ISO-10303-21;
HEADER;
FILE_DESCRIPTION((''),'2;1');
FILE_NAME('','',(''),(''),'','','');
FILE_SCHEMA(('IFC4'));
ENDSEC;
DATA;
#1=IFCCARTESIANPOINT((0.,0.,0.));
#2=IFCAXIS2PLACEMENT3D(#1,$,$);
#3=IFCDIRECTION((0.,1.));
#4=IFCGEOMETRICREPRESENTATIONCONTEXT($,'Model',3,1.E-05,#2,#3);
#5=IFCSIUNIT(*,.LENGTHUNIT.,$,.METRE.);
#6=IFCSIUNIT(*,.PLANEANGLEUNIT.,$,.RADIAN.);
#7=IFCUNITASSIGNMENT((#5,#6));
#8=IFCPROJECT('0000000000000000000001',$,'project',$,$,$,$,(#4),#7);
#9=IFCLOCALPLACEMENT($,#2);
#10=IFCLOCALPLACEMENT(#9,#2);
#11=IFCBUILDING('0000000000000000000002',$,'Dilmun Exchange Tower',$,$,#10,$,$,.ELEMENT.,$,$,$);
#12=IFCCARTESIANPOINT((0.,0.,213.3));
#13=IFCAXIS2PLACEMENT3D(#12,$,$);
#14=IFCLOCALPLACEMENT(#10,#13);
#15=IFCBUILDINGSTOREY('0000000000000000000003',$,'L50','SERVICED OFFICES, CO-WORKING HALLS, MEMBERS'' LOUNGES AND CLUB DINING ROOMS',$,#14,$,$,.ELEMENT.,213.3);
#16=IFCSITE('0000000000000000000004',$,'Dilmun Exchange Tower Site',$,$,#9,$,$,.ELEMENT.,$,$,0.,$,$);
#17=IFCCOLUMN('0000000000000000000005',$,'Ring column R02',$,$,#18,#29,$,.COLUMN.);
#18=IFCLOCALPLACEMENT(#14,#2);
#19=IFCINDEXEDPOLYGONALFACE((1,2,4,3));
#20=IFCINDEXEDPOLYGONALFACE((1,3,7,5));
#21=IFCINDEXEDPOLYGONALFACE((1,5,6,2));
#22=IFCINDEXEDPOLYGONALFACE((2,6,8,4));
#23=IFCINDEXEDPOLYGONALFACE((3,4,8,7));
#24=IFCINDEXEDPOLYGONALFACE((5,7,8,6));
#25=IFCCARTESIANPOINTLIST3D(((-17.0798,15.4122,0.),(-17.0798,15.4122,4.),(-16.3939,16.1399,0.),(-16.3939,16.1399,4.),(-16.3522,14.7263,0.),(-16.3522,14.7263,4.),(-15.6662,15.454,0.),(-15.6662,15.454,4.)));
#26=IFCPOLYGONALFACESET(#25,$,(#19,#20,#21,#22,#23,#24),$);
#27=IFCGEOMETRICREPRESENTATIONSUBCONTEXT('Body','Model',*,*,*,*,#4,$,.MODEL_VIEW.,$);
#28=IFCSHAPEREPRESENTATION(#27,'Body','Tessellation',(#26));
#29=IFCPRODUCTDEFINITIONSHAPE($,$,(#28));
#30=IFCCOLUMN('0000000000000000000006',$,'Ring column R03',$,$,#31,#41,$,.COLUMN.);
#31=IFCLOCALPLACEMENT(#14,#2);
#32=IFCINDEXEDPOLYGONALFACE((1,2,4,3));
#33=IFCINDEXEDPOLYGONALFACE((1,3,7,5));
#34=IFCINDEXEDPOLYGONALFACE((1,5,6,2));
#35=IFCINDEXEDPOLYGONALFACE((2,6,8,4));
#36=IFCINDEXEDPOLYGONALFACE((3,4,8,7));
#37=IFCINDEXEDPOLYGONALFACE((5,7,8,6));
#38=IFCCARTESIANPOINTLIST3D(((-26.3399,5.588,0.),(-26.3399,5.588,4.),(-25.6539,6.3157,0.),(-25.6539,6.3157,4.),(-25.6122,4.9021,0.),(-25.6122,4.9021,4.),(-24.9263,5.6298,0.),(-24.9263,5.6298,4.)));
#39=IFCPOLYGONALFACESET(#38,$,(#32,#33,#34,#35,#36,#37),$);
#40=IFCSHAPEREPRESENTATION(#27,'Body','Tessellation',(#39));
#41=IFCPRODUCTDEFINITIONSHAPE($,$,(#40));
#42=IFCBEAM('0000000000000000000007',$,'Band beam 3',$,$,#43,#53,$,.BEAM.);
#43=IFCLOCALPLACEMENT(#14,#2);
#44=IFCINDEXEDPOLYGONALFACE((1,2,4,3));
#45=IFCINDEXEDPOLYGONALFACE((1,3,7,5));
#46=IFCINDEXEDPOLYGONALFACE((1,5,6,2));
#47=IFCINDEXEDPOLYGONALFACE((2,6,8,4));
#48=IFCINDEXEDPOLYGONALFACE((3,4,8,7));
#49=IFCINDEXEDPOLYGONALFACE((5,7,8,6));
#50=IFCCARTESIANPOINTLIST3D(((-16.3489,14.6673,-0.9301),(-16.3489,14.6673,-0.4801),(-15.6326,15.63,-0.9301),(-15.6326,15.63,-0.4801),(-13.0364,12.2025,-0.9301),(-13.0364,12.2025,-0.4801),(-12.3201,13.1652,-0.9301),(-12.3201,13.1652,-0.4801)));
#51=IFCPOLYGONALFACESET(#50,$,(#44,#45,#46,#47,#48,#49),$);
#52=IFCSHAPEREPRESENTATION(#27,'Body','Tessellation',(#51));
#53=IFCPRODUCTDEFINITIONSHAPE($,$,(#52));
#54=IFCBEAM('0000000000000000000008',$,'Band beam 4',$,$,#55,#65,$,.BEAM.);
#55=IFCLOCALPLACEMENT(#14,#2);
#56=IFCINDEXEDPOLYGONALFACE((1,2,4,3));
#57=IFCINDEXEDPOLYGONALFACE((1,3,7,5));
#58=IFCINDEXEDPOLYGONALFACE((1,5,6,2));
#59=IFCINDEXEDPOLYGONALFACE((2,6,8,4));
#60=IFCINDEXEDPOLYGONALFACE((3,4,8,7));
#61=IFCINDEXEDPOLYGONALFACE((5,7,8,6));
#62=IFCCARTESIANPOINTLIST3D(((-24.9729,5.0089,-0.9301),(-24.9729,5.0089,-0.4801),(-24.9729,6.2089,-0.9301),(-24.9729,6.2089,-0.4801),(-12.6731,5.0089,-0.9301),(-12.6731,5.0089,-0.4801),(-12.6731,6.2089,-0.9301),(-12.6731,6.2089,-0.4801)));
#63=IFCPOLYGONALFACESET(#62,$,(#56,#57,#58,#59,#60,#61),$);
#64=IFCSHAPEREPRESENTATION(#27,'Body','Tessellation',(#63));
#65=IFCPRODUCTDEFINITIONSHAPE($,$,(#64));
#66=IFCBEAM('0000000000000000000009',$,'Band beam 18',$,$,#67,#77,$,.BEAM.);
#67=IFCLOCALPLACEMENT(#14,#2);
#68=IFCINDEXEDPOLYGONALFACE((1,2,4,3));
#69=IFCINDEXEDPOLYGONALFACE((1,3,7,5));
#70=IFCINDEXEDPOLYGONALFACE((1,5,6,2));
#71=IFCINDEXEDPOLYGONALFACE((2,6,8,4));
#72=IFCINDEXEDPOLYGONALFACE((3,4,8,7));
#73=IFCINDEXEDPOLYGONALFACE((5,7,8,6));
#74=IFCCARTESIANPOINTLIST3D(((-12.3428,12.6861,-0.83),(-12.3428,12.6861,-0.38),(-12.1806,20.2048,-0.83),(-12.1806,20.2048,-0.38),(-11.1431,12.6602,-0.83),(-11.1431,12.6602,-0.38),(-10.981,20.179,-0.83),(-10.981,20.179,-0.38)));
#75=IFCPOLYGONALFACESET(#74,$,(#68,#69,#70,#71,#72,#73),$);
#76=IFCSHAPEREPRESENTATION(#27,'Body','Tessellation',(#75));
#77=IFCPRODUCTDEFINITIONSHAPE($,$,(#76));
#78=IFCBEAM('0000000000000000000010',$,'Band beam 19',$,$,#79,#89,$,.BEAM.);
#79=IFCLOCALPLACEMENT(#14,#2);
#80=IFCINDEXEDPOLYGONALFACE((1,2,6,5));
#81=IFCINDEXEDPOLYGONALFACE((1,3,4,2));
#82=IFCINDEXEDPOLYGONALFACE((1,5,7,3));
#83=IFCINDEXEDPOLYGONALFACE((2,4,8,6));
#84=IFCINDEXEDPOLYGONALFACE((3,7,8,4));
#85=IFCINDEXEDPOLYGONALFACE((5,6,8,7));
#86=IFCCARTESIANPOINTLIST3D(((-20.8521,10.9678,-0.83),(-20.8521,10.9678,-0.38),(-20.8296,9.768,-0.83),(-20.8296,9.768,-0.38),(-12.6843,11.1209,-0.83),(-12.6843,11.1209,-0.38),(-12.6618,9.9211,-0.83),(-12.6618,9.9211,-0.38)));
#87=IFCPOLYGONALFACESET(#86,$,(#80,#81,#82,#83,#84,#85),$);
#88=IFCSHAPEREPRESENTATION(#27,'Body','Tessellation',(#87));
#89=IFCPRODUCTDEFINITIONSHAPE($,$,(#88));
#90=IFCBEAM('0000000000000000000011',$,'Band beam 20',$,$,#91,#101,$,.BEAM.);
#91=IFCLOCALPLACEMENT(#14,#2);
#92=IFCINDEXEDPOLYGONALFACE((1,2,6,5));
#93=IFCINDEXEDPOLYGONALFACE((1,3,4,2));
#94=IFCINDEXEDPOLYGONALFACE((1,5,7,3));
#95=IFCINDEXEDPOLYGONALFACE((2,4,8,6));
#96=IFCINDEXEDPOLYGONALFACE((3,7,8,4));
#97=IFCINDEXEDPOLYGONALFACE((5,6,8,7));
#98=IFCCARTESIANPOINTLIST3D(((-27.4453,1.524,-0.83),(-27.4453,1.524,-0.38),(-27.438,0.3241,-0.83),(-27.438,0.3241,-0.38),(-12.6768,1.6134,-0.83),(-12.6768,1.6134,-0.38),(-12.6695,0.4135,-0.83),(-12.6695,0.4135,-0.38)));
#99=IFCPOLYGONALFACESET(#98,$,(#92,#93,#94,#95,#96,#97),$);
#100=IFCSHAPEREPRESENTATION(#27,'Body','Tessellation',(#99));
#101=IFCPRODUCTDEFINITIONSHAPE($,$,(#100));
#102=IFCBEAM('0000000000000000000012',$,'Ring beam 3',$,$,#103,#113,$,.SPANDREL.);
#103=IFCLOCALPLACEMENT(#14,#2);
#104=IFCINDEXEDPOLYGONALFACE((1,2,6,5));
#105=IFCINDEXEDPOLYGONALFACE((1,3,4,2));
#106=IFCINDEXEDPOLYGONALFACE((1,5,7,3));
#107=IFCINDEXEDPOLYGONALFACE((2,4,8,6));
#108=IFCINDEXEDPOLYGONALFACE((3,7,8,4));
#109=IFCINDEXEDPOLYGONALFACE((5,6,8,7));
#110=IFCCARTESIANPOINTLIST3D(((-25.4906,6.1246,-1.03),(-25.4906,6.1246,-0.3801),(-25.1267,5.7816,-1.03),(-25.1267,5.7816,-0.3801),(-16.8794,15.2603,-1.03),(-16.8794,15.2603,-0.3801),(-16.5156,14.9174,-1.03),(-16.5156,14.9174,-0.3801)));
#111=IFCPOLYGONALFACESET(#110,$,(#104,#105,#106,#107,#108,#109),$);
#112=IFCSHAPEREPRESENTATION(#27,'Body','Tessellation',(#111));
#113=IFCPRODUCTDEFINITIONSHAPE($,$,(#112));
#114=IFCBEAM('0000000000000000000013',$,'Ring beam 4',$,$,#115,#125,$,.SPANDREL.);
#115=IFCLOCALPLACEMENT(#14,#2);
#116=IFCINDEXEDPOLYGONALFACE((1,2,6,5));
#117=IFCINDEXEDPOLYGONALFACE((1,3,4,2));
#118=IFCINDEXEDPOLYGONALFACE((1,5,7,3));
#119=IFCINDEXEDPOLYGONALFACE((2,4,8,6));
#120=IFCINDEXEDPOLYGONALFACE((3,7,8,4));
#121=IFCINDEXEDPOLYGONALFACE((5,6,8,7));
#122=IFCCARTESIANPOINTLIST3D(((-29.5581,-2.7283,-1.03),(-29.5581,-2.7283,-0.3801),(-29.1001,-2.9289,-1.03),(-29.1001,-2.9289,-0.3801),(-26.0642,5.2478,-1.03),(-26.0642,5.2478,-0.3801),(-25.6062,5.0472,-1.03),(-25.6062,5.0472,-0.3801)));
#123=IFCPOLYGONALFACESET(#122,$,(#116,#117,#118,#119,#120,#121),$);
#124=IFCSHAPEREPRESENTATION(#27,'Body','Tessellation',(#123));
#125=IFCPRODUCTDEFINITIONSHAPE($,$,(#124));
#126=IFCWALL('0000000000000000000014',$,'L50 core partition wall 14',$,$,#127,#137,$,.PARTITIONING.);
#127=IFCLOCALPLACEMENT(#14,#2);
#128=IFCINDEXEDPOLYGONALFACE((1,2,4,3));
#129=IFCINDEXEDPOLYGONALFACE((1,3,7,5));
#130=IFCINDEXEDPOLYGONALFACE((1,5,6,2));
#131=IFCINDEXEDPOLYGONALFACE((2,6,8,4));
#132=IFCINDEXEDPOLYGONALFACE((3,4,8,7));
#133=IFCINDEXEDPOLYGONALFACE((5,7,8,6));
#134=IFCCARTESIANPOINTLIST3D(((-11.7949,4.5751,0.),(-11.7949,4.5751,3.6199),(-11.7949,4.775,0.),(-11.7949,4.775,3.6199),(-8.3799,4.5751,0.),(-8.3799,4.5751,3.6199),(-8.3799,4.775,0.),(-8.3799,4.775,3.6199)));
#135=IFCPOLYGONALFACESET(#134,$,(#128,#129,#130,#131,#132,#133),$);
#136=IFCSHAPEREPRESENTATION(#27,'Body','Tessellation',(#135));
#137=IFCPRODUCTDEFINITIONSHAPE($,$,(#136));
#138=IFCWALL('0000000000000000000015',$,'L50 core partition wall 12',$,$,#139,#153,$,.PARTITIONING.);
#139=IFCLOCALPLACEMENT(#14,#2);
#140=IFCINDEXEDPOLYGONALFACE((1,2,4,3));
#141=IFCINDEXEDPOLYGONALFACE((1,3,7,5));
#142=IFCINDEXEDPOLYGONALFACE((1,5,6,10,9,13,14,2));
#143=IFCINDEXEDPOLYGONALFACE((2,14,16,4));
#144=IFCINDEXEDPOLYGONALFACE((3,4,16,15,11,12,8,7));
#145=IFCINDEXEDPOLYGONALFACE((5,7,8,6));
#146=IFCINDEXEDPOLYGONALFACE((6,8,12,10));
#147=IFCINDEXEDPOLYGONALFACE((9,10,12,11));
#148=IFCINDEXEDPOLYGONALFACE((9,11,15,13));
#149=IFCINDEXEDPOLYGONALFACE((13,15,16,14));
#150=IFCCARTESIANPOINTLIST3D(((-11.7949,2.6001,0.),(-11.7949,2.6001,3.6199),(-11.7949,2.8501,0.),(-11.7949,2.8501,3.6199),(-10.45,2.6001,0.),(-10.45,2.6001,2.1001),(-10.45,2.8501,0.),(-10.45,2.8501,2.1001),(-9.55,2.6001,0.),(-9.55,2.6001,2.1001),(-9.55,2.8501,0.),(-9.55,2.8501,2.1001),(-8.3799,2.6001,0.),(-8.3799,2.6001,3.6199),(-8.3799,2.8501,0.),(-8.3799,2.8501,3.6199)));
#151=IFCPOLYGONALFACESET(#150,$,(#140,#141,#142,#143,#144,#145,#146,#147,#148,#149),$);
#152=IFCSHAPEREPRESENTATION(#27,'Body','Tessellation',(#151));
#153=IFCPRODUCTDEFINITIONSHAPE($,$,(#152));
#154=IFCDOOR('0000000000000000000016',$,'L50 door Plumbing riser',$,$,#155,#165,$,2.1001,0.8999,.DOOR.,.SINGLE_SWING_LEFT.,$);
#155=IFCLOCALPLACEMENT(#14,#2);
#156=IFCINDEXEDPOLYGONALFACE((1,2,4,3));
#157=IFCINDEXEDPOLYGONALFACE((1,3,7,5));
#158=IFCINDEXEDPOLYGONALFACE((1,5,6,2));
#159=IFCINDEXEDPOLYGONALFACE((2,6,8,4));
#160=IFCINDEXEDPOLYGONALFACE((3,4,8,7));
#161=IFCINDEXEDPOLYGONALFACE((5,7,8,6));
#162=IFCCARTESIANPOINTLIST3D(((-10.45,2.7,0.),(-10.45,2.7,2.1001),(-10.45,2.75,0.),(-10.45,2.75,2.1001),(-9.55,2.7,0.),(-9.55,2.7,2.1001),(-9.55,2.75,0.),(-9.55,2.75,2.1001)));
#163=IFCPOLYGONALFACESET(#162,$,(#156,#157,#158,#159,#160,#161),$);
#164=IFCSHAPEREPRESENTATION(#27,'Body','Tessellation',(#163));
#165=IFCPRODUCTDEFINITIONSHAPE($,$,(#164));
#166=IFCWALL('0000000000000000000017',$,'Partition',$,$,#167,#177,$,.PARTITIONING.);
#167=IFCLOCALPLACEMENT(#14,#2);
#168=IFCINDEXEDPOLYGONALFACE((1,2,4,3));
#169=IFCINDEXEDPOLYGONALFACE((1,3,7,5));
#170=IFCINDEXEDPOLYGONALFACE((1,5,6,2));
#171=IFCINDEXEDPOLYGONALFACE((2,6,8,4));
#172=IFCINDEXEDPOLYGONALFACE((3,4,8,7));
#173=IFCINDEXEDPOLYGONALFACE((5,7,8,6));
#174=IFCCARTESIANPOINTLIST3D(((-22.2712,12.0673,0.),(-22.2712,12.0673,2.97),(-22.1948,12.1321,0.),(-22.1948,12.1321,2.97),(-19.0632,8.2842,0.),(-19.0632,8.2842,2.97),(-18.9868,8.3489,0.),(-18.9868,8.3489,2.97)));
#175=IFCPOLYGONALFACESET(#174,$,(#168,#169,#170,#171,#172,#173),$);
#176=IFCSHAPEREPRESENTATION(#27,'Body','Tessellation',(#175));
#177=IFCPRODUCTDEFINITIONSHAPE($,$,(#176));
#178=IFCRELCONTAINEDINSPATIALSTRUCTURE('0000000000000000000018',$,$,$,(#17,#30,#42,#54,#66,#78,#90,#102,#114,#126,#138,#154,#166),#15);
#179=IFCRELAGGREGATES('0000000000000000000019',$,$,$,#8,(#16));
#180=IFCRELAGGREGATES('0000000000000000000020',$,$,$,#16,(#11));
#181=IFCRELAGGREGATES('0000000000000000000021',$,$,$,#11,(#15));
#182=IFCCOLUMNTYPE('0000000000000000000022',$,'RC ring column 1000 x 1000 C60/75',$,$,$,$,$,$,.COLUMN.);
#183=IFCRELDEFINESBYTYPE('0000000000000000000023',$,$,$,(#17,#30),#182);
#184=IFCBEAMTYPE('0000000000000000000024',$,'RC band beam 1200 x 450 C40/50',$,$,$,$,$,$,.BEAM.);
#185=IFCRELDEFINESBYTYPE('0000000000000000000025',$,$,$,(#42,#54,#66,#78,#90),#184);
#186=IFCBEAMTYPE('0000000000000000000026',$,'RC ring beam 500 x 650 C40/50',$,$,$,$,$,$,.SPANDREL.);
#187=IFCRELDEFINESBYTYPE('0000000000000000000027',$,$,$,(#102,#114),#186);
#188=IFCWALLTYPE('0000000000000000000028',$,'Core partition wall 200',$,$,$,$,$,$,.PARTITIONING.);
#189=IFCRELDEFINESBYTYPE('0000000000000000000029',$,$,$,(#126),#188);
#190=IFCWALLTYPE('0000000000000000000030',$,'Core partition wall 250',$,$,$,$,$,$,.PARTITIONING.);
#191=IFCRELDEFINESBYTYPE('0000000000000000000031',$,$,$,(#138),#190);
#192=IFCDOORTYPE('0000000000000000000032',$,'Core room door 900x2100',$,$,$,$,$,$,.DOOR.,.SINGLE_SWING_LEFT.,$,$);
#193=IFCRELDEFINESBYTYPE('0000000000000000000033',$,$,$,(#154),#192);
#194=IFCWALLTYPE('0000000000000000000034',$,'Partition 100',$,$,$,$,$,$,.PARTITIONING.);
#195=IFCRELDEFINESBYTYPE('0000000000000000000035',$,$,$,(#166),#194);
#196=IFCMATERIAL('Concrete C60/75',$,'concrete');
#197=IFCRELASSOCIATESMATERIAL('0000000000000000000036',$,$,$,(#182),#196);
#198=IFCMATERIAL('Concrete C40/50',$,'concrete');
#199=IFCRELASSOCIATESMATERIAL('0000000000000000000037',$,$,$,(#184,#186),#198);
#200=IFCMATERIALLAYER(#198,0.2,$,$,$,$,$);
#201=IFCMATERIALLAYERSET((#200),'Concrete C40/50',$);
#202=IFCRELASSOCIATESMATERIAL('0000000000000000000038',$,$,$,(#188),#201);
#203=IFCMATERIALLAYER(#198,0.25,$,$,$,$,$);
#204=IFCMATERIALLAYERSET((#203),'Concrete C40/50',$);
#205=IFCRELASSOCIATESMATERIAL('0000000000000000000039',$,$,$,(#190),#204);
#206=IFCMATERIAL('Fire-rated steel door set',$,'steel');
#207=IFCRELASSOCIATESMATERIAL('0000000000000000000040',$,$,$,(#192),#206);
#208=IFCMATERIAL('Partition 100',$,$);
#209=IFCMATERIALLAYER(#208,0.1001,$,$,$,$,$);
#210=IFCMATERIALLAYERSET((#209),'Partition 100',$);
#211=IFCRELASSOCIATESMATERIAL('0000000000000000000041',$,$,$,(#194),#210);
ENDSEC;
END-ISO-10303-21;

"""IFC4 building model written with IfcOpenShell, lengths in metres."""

from ifc_helpers import new_model, si_unit, direction, frame, frame_2d, origin, origin_2d, place, context, subcontext, project, spatial, rectangle, extrude, material, layer, layer_set, material_profile, profile_set, type_object, element, fill, save


model = new_model("IFC4")

# Units and contexts
model_context = context("Model", 3, precision=1e-05, world=origin(), true_north=direction((0.0, 1.0)))
body_context = subcontext(model_context, "Body", "Model", "MODEL_VIEW")
ifc_project = project(units=[si_unit("LENGTHUNIT", "METRE"), si_unit("PLANEANGLEUNIT", "RADIAN")], contexts=[model_context])

# Site, building, storey
site_placement = place(None, origin())
site = spatial("IfcSite", under=ifc_project, at=site_placement, Name="Dilmun Exchange Tower Site", CompositionType="ELEMENT", RefElevation=0.0)
building_placement = place(site_placement, origin())
building = spatial("IfcBuilding", under=site, at=building_placement, Name="Dilmun Exchange Tower", CompositionType="ELEMENT")
storey_placement = place(building_placement, frame((0.0, 0.0, 213.3)))
storey = spatial("IfcBuildingStorey", under=building, at=storey_placement, Name="L50", Description="SERVICED OFFICES, CO-WORKING HALLS, MEMBERS' LOUNGES AND CLUB DINING ROOMS", CompositionType="ELEMENT", Elevation=213.3)

# Columns
ifc_material_1 = material(Name="Concrete C60/75", Category="concrete")
ifc_material_profile_1 = material_profile(ifc_material_1, rectangle(XDim=1.0, YDim=1.0, at=origin_2d()), Name="1000 x 1000")
ifc_profile_set_1 = profile_set([ifc_material_profile_1], Name="Concrete C60/75")
column_type = type_object("IfcColumnType", Name="RC ring column 1000 x 1000 C60/75", PredefinedType="COLUMN", material=ifc_profile_set_1)
for number, where, z_axis, x_axis, name in (
    (1, (-16.373, 15.4331, 0.0), (0.0, 0.0, 1.0), (0.685916, 0.727681, 0.0), "Ring column R02"),
    (2, (-25.6331, 5.6089, 0.0), (0.0, 0.0, 1.0), (0.685916, 0.727681, 0.0), "Ring column R03"),
):
    element("IfcColumn", number, at=place(storey_placement, frame(where, z_axis=z_axis, x_axis=x_axis)), inside=storey, type_object=column_type, Name=name, PredefinedType="COLUMN", context=body_context, shape_type="SweptSolid", body=[
        extrude(rectangle(XDim=1.0, YDim=1.0, at=origin_2d()), origin(), (0.0, 0.0, 1.0), 4.0),
    ])

# Beams
ifc_material_2 = material(Name="Concrete C40/50", Category="concrete")
ifc_material_profile_2 = material_profile(ifc_material_2, rectangle(XDim=1.2, YDim=0.45, at=origin_2d()), Name="1200 x 450")
ifc_profile_set_2 = profile_set([ifc_material_profile_2], Name="Concrete C40/50")
beam_type_1 = type_object("IfcBeamType", Name="RC band beam 1200 x 450 C40/50", PredefinedType="BEAM", material=ifc_profile_set_2)
beam_1_placement = place(storey_placement, frame((-15.9907, 15.1487, -0.7051), z_axis=(0.802265, -0.596968, 0.0), x_axis=(0.596968, 0.802265, 0.0)))
element("IfcBeam", 3, at=beam_1_placement, inside=storey, type_object=beam_type_1, Name="Band beam 3", PredefinedType="BEAM", context=body_context, shape_type="SweptSolid", body=[
    extrude(rectangle(XDim=1.2, YDim=0.45, at=origin_2d()), origin(), (0.0, 0.0, 1.0), 4.1289),
])
beam_2_placement = place(storey_placement, frame((-24.9729, 5.6089, -0.7051), z_axis=(1.0, 0.0, 0.0), x_axis=(0.0, 1.0, 0.0)))
element("IfcBeam", 4, at=beam_2_placement, inside=storey, type_object=beam_type_1, Name="Band beam 4", PredefinedType="BEAM", context=body_context, shape_type="SweptSolid", body=[
    extrude(rectangle(XDim=1.2, YDim=0.45, at=origin_2d()), origin(), (0.0, 0.0, 1.0), 12.2998),
])
beam_3_placement = place(storey_placement, frame((-11.5808, 20.1919, -0.605), z_axis=(-0.021556, -0.999768, 0.0), x_axis=(0.999768, -0.021556, 0.0)))
element("IfcBeam", 5, at=beam_3_placement, inside=storey, type_object=beam_type_1, Name="Band beam 18", PredefinedType="BEAM", context=body_context, shape_type="SweptSolid", body=[
    extrude(rectangle(XDim=1.2, YDim=0.45, at=origin_2d()), origin(), (0.0, 0.0, 1.0), 7.5205),
])
beam_4_placement = place(storey_placement, frame((-20.8408, 10.3679, -0.605), z_axis=(0.999824, 0.018738, 0.0), x_axis=(-0.018738, 0.999824, 0.0)))
element("IfcBeam", 6, at=beam_4_placement, inside=storey, type_object=beam_type_1, Name="Band beam 19", PredefinedType="BEAM", context=body_context, shape_type="SweptSolid", body=[
    extrude(rectangle(XDim=1.2, YDim=0.45, at=origin_2d()), origin(), (0.0, 0.0, 1.0), 8.1692),
])
beam_5_placement = place(storey_placement, frame((-27.4417, 0.9241, -0.605), z_axis=(0.999982, 0.00605, 0.0), x_axis=(-0.00605, 0.999982, 0.0)))
element("IfcBeam", 7, at=beam_5_placement, inside=storey, type_object=beam_type_1, Name="Band beam 20", PredefinedType="BEAM", context=body_context, shape_type="SweptSolid", body=[
    extrude(rectangle(XDim=1.2, YDim=0.45, at=origin_2d()), origin(), (0.0, 0.0, 1.0), 14.7688),
])
ifc_material_profile_3 = material_profile(ifc_material_2, rectangle(XDim=0.5, YDim=0.6499, at=origin_2d()), Name="500 x 650")
ifc_profile_set_3 = profile_set([ifc_material_profile_3], Name="Concrete C40/50")
beam_type_2 = type_object("IfcBeamType", Name="RC ring beam 500 x 650 C40/50", PredefinedType="SPANDREL", material=ifc_profile_set_3)
beam_6_placement = place(storey_placement, frame((-16.6975, 15.0889, -0.7051), z_axis=(-0.685903, -0.727693, 0.0), x_axis=(0.727693, -0.685903, 0.0)))
element("IfcBeam", 8, at=beam_6_placement, inside=storey, type_object=beam_type_2, Name="Ring beam 3", PredefinedType="SPANDREL", context=body_context, shape_type="SweptSolid", body=[
    extrude(rectangle(XDim=0.5, YDim=0.6499, at=origin_2d()), origin(), (0.0, 0.0, 1.0), 12.5544),
])
beam_7_placement = place(storey_placement, frame((-25.8352, 5.1475, -0.7051), z_axis=(-0.401239, -0.915973, 0.0), x_axis=(0.915973, -0.401239, 0.0)))
element("IfcBeam", 9, at=beam_7_placement, inside=storey, type_object=beam_type_2, Name="Ring beam 4", PredefinedType="SPANDREL", context=body_context, shape_type="SweptSolid", body=[
    extrude(rectangle(XDim=0.5, YDim=0.6499, at=origin_2d()), origin(), (0.0, 0.0, 1.0), 8.7078),
])

# Wall
ifc_layer_1 = layer(ifc_material_2, 0.2)
ifc_layer_set_1 = layer_set([ifc_layer_1], Name="Concrete C40/50")
wall_type_1 = type_object("IfcWallType", Name="Core partition wall 200", PredefinedType="PARTITIONING", material=ifc_layer_set_1)
wall_1_placement = place(storey_placement, frame((-11.7949, 4.675, 0.0), z_axis=(0.0, 0.0, 1.0), x_axis=(1.0, 0.0, 0.0)))
element("IfcWall", 10, at=wall_1_placement, inside=storey, type_object=wall_type_1, Name="L50 core partition wall 14", PredefinedType="PARTITIONING", context=body_context, shape_type="SweptSolid", body=[
    extrude(rectangle(XDim=3.415, YDim=0.2, at=frame_2d((1.7075, 0.0))), origin(), (0.0, 0.0, 1.0), 3.6199),
])

# Wall, opening, door
ifc_layer_2 = layer(ifc_material_2, 0.25)
ifc_layer_set_2 = layer_set([ifc_layer_2], Name="Concrete C40/50")
wall_type_2 = type_object("IfcWallType", Name="Core partition wall 250", PredefinedType="PARTITIONING", material=ifc_layer_set_2)
wall_2_placement = place(storey_placement, frame((-11.7949, 2.7251, 0.0), z_axis=(0.0, 0.0, 1.0), x_axis=(1.0, 0.0, 0.0)))
wall_2 = element("IfcWall", 11, at=wall_2_placement, inside=storey, type_object=wall_type_2, Name="L50 core partition wall 12", PredefinedType="PARTITIONING", context=body_context, shape_type="SweptSolid", body=[
    extrude(rectangle(XDim=3.415, YDim=0.25, at=frame_2d((1.7075, 0.0))), origin(), (0.0, 0.0, 1.0), 3.6199),
])
opening_1_placement = place(wall_2_placement, frame((1.345, 0.0, 0.0)))
opening_1 = element("IfcOpeningElement", 12, at=opening_1_placement, cuts=wall_2, PredefinedType="OPENING", context=body_context, shape_type="SweptSolid", body=[
    extrude(rectangle(XDim=0.8999, YDim=2.1001, at=frame_2d((0.45, 1.05))), frame((0.0, 0.135, 0.0), z_axis=(0.0, -1.0, 0.0), x_axis=(1.0, 0.0, 0.0)), (0.0, 0.0, 1.0), 0.27),
])
ifc_material_3 = material(Name="Fire-rated steel door set", Category="steel")
door_type_1 = type_object("IfcDoorType", Name="Core room door 900x2100", OperationType="SINGLE_SWING_LEFT", PredefinedType="DOOR", material=ifc_material_3)
door_1_placement = place(opening_1_placement, origin())
door_1 = element("IfcDoor", 13, at=door_1_placement, inside=storey, type_object=door_type_1, Name="L50 door Plumbing riser", OperationType="SINGLE_SWING_LEFT", OverallHeight=2.1001, OverallWidth=0.8999, PredefinedType="DOOR", context=body_context, shape_type="SweptSolid", body=[
    extrude(rectangle(XDim=0.8999, YDim=2.1001, at=frame_2d((0.45, 1.05))), frame((0.0, 0.0249, 0.0), z_axis=(0.0, -1.0, 0.0), x_axis=(1.0, 0.0, 0.0)), (0.0, 0.0, 1.0), 0.05),
])
fill(opening_1, door_1)

# Wall
ifc_material_4 = material(Name="Partition 100")
ifc_layer_3 = layer(ifc_material_4, 0.1001)
ifc_layer_set_3 = layer_set([ifc_layer_3], Name="Partition 100")
wall_type_3 = type_object("IfcWallType", Name="Partition 100", PredefinedType="PARTITIONING", material=ifc_layer_set_3)
wall_3_placement = place(storey_placement, frame((-22.2329, 12.0996, 0.0), z_axis=(0.0, 0.0, 1.0), x_axis=(0.646745, -0.762706, 0.0)))
element("IfcWall", 14, at=wall_3_placement, inside=storey, type_object=wall_type_3, Name="Partition", PredefinedType="PARTITIONING", context=body_context, shape_type="SweptSolid", body=[
    extrude(rectangle(XDim=4.9602, YDim=0.1001, at=frame_2d((2.48, 0.0))), origin(), (0.0, 0.0, 1.0), 2.97),
])

save(model, "model.ifc")
